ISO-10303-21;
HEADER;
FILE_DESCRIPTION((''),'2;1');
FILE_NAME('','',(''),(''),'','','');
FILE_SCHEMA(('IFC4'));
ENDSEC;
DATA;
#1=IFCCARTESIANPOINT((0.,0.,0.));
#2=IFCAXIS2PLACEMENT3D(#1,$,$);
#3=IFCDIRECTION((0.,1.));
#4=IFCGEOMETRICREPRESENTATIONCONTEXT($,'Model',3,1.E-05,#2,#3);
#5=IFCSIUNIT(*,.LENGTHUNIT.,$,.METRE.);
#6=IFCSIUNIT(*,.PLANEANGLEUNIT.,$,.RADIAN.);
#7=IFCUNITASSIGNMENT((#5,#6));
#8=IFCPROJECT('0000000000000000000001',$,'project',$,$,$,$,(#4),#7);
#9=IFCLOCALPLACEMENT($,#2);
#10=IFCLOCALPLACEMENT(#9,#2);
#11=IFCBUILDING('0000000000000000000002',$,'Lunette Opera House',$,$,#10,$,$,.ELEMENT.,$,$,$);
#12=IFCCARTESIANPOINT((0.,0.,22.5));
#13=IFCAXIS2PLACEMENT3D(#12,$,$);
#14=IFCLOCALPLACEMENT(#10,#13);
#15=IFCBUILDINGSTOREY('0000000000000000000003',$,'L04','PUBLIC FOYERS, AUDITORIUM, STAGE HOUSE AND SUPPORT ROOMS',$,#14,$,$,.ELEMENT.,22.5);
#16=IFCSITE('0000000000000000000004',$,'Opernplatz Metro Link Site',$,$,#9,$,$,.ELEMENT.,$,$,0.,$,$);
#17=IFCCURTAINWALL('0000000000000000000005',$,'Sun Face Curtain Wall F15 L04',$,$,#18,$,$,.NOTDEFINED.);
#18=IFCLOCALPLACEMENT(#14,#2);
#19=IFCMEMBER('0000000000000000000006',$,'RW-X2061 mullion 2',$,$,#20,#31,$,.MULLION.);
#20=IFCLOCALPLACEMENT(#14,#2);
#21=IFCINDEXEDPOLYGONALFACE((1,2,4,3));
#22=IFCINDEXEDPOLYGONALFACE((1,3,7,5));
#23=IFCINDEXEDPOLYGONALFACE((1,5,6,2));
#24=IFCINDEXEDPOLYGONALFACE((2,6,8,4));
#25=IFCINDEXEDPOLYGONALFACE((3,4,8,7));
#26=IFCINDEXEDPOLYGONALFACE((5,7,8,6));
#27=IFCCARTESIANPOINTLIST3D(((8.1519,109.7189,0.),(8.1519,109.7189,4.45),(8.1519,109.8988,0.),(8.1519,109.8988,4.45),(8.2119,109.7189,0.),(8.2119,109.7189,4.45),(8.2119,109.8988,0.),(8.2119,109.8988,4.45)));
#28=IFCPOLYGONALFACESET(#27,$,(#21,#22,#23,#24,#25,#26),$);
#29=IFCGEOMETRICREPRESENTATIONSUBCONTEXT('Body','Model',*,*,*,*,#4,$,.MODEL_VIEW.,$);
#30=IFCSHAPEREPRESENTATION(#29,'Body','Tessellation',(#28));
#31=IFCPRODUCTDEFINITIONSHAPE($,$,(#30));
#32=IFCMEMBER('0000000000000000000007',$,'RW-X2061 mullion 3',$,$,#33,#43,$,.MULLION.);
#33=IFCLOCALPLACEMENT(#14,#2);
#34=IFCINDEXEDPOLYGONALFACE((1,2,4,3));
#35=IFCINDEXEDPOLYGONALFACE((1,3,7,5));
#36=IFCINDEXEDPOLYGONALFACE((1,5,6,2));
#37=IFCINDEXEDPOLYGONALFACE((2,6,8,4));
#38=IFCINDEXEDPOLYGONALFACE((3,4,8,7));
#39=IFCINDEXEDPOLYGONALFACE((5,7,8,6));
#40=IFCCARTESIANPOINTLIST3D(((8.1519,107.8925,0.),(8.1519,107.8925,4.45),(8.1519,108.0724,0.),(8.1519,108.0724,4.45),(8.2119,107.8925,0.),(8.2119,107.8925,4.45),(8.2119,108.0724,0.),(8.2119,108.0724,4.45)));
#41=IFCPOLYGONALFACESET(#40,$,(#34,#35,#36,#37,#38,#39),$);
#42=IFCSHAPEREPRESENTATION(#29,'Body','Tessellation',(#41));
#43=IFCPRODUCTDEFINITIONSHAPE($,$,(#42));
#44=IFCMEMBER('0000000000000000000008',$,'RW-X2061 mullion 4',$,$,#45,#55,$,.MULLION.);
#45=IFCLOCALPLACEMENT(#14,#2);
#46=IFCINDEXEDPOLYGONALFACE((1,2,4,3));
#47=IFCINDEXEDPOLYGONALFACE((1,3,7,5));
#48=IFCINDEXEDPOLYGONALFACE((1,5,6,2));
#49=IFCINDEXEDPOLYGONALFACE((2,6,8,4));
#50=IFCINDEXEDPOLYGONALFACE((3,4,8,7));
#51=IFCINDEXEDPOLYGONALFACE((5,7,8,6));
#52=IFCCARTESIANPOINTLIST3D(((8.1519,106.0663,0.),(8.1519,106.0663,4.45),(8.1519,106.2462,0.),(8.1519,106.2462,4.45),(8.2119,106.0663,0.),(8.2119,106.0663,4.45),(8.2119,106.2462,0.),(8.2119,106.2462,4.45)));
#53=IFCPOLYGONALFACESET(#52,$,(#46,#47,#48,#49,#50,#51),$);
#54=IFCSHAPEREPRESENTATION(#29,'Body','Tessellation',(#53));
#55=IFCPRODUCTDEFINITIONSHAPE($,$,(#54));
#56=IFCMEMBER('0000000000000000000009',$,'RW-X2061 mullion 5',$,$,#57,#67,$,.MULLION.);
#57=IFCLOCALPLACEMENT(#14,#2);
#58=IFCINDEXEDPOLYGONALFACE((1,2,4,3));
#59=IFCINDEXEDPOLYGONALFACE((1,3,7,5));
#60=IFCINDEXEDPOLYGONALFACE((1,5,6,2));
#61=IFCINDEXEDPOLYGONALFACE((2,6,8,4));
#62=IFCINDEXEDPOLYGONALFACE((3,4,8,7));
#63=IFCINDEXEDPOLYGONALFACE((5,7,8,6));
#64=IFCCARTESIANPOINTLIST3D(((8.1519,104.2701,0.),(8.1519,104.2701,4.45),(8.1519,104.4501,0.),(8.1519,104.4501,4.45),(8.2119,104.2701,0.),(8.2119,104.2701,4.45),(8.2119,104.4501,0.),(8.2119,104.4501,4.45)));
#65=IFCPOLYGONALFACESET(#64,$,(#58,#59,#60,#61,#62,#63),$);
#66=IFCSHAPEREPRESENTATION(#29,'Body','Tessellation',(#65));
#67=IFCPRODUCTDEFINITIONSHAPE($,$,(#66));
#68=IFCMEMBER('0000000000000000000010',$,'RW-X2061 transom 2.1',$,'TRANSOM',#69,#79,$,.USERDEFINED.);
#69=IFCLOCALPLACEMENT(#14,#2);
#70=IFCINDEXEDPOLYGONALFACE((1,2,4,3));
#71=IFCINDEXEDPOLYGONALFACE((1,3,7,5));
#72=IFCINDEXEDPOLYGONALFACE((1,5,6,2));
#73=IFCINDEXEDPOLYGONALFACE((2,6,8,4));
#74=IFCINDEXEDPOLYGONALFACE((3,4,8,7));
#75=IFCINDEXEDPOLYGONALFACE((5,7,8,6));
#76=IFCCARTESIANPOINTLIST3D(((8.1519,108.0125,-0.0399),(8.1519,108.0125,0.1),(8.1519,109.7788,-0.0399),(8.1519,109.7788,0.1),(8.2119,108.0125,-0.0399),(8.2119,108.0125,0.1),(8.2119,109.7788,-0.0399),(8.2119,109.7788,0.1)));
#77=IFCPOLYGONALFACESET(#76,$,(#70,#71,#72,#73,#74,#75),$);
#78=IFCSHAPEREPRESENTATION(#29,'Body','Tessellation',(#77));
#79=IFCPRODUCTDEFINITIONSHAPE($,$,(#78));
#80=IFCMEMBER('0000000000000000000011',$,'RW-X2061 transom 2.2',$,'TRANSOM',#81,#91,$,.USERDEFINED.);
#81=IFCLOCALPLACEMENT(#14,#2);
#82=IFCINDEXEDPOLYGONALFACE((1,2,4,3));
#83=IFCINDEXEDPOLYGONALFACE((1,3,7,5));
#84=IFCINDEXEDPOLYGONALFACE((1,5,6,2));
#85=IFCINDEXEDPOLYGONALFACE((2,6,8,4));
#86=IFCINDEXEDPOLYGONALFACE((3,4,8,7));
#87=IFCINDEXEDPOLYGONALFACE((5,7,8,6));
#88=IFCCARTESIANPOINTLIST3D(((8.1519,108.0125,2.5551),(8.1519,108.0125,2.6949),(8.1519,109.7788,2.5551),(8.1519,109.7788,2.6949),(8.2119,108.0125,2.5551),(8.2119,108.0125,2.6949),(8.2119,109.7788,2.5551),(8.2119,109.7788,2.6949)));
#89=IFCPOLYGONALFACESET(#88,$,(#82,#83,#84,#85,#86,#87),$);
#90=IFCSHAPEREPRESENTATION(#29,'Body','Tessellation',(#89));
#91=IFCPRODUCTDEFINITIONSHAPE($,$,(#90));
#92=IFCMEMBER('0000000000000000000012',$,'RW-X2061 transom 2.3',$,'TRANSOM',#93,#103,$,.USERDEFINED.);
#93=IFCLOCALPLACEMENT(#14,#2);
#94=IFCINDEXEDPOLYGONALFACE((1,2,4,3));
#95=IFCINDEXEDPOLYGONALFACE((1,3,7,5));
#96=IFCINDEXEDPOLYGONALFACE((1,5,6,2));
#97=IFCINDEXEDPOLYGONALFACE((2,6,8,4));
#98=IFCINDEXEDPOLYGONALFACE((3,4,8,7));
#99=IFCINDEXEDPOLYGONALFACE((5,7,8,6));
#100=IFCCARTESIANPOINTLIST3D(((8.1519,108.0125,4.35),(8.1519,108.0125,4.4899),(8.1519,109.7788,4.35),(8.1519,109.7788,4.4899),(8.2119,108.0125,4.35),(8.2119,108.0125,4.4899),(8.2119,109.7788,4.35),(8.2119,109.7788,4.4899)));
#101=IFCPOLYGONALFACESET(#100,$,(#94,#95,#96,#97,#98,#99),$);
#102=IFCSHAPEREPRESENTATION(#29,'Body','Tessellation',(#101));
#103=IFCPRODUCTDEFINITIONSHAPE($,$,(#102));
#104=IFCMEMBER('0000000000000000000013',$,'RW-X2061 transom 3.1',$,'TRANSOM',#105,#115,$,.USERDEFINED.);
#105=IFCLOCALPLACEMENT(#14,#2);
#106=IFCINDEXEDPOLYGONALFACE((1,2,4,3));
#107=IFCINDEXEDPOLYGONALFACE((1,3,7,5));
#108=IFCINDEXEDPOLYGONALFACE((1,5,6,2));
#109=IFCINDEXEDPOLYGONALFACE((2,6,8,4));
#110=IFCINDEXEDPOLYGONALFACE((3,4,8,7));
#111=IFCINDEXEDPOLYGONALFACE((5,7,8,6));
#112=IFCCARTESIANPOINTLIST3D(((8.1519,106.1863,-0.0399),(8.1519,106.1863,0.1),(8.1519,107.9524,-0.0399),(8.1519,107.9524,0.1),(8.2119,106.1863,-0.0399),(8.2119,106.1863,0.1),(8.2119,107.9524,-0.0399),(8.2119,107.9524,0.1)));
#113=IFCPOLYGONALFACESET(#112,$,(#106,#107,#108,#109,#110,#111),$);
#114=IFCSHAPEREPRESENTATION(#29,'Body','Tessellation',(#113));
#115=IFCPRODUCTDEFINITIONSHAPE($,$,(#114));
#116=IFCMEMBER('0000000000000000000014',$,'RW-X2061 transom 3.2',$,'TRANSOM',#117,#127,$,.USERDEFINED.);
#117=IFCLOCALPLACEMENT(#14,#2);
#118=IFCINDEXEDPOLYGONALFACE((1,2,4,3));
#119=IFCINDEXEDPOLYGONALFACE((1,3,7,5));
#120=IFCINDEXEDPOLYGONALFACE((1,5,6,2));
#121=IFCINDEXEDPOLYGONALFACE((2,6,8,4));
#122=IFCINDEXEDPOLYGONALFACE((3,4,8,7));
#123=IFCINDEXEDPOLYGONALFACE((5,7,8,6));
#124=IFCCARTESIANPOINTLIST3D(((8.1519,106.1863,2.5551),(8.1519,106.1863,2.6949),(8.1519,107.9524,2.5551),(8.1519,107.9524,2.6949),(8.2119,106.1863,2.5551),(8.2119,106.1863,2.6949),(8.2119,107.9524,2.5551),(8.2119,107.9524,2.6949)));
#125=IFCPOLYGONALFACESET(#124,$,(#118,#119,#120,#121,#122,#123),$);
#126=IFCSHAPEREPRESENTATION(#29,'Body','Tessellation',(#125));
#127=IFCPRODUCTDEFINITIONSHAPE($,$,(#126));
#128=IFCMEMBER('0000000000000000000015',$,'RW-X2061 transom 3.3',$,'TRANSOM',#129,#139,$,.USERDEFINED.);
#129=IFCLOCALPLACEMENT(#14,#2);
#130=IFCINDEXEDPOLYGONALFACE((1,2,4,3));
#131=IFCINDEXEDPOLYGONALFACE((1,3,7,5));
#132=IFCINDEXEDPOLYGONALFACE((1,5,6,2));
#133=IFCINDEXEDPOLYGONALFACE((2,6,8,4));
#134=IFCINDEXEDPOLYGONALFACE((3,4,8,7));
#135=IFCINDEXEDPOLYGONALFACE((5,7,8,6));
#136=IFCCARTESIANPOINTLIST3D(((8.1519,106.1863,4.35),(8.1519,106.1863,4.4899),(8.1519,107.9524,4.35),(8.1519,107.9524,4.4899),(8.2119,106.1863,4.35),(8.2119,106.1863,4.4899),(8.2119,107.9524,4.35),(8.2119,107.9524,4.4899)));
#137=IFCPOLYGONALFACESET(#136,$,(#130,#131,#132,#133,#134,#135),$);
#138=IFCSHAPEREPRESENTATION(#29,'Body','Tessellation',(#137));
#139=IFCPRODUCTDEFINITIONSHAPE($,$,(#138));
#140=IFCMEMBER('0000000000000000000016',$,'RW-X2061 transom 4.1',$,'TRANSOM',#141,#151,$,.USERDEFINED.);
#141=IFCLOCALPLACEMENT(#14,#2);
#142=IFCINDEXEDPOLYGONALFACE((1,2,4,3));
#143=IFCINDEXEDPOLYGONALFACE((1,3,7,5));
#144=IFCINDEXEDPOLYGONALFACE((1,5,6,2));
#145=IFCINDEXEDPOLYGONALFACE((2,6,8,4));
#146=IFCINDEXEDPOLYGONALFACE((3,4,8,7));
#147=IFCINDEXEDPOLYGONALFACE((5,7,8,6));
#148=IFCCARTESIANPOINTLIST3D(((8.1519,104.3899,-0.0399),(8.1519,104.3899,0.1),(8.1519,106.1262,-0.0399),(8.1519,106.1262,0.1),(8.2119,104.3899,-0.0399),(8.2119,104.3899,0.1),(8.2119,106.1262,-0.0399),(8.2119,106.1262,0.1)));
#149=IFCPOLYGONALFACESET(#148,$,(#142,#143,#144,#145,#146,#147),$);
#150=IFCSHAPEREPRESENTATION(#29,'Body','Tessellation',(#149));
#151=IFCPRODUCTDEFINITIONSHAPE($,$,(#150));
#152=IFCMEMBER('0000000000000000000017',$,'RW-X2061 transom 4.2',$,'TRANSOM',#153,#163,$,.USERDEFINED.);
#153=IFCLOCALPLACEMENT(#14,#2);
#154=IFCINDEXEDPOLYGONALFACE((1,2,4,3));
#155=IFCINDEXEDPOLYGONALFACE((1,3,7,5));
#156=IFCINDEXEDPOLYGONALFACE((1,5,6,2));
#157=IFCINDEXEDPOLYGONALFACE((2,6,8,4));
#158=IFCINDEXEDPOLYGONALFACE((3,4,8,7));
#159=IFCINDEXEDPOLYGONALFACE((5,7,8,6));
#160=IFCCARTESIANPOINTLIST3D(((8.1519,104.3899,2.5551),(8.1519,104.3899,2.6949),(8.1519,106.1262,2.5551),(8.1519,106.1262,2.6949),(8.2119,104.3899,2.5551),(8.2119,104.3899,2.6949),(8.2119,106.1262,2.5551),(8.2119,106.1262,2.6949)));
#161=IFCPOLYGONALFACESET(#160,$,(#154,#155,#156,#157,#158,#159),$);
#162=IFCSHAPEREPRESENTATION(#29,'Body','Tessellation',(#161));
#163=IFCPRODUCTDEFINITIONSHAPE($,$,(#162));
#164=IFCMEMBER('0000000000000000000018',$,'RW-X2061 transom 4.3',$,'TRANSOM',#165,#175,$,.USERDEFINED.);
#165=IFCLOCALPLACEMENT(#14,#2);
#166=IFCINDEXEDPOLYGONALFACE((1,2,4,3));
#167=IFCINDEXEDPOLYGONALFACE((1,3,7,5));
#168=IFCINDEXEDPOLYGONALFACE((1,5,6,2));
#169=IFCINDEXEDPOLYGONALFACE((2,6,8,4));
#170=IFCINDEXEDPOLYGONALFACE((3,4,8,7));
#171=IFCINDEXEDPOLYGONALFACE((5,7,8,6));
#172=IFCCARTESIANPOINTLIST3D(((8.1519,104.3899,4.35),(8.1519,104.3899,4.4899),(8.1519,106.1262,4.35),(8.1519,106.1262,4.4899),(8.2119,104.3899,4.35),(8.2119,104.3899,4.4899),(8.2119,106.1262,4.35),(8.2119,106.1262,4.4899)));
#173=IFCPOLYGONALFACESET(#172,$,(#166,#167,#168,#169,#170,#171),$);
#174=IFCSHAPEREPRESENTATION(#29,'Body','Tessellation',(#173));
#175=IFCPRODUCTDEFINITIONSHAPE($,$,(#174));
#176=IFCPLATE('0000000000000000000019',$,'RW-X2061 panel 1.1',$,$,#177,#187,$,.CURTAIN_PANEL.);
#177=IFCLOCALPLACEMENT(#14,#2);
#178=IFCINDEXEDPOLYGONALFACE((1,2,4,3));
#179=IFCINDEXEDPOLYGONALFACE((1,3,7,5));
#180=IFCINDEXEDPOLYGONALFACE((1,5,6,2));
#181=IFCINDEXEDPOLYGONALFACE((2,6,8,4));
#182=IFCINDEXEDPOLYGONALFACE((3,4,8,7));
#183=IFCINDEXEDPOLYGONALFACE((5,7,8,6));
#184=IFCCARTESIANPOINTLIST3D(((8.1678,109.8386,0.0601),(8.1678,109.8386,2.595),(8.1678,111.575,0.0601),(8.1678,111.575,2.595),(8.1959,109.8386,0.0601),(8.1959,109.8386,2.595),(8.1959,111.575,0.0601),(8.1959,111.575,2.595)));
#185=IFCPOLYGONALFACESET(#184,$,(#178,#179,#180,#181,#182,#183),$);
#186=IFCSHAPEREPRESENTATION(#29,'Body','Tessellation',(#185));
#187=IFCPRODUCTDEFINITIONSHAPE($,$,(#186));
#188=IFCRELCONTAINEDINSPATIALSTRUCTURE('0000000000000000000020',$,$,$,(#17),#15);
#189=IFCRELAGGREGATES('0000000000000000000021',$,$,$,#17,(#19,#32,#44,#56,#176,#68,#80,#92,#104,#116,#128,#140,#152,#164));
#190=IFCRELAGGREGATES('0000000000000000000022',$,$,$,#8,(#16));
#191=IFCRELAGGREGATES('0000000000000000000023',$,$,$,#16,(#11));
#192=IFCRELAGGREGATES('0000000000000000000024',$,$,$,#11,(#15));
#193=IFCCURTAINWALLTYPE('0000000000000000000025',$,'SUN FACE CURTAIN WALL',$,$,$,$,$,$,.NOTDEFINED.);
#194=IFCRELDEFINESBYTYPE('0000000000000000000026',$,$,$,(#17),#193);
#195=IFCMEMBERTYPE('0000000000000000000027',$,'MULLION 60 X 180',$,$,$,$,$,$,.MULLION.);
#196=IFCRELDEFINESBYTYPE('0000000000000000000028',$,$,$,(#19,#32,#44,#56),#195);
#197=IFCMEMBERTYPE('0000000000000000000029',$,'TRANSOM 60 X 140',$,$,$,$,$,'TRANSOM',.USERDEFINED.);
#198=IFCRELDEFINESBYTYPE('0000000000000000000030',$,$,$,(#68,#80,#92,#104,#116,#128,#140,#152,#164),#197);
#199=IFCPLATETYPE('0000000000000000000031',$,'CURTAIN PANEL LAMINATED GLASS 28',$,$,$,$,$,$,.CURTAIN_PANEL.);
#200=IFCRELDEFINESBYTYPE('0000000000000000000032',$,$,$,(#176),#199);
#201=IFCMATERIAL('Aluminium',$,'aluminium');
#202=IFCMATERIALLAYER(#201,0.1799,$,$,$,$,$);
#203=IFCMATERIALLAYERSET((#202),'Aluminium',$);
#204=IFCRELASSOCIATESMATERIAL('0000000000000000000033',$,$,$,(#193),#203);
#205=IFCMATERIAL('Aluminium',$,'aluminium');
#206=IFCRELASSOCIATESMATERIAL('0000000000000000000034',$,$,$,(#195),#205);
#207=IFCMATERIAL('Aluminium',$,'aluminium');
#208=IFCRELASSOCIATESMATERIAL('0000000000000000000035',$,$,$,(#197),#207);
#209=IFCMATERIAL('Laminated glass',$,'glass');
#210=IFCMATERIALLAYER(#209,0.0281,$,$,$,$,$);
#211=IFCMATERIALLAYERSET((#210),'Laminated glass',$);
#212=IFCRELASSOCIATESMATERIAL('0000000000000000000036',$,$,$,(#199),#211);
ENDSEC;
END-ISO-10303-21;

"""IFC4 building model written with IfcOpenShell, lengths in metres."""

from ifc_helpers import new_model, si_unit, direction, frame, origin, origin_2d, place, context, subcontext, project, spatial, rectangle, extrude, material, layer, layer_set, material_profile, profile_set, type_object, element, aggregate, save


model = new_model("IFC4")

# Units and contexts
model_context = context("Model", 3, precision=1e-05, world=origin(), true_north=direction((0.0, 1.0)))
body_context = subcontext(model_context, "Body", "Model", "MODEL_VIEW")
ifc_project = project(units=[si_unit("LENGTHUNIT", "METRE"), si_unit("PLANEANGLEUNIT", "RADIAN")], contexts=[model_context])

# Site, building, storey
site_placement = place(None, origin())
site = spatial("IfcSite", under=ifc_project, at=site_placement, Name="Opernplatz Metro Link Site", CompositionType="ELEMENT", RefElevation=0.0)
building_placement = place(site_placement, origin())
building = spatial("IfcBuilding", under=site, at=building_placement, Name="Lunette Opera House", CompositionType="ELEMENT")
storey_placement = place(building_placement, frame((0.0, 0.0, 22.5)))
storey = spatial("IfcBuildingStorey", under=building, at=storey_placement, Name="L04", Description="PUBLIC FOYERS, AUDITORIUM, STAGE HOUSE AND SUPPORT ROOMS", CompositionType="ELEMENT", Elevation=22.5)

# Curtain wall, members, plate
ifc_material_1 = material(Name="Aluminium", Category="aluminium")
ifc_layer_1 = layer(ifc_material_1, 0.1799)
ifc_layer_set_1 = layer_set([ifc_layer_1], Name="Aluminium")
curtain_wall_type = type_object("IfcCurtainWallType", Name="SUN FACE CURTAIN WALL", PredefinedType="NOTDEFINED", material=ifc_layer_set_1)
curtain_wall_placement = place(storey_placement, origin())
curtain_wall = element("IfcCurtainWall", 1, at=curtain_wall_placement, inside=storey, type_object=curtain_wall_type, Name="Sun Face Curtain Wall F15 L04", PredefinedType="NOTDEFINED")
ifc_material_2 = material(Name="Aluminium", Category="aluminium")
ifc_material_profile_1 = material_profile(ifc_material_2, rectangle(XDim=0.0601, YDim=0.1799, at=origin_2d()), Name="MULLION 60 X 180")
ifc_profile_set_1 = profile_set([ifc_material_profile_1], Name="Aluminium")
member_type_1 = type_object("IfcMemberType", Name="MULLION 60 X 180", PredefinedType="MULLION", material=ifc_profile_set_1)
member_1_placement = place(storey_placement, frame((8.1819, 109.8088, 0.0), z_axis=(0.0, 0.0, 1.0), x_axis=(1.0, 0.0, 0.0)))
member_1 = element("IfcMember", 2, at=member_1_placement, type_object=member_type_1, Name="RW-X2061 mullion 2", PredefinedType="MULLION", context=body_context, shape_type="SweptSolid", body=[
    extrude(rectangle(XDim=0.0601, YDim=0.1799, at=origin_2d()), origin(), (0.0, 0.0, 1.0), 4.45),
])
member_2_placement = place(storey_placement, frame((8.1819, 107.9824, 0.0), z_axis=(0.0, 0.0, 1.0), x_axis=(1.0, 0.0, 0.0)))
member_2 = element("IfcMember", 3, at=member_2_placement, type_object=member_type_1, Name="RW-X2061 mullion 3", PredefinedType="MULLION", context=body_context, shape_type="SweptSolid", body=[
    extrude(rectangle(XDim=0.0601, YDim=0.1799, at=origin_2d()), origin(), (0.0, 0.0, 1.0), 4.45),
])
member_3_placement = place(storey_placement, frame((8.1819, 106.1562, 0.0), z_axis=(0.0, 0.0, 1.0), x_axis=(1.0, 0.0, 0.0)))
member_3 = element("IfcMember", 4, at=member_3_placement, type_object=member_type_1, Name="RW-X2061 mullion 4", PredefinedType="MULLION", context=body_context, shape_type="SweptSolid", body=[
    extrude(rectangle(XDim=0.0601, YDim=0.1799, at=origin_2d()), origin(), (0.0, 0.0, 1.0), 4.45),
])
member_4_placement = place(storey_placement, frame((8.1819, 104.3601, 0.0), z_axis=(0.0, 0.0, 1.0), x_axis=(1.0, 0.0, 0.0)))
member_4 = element("IfcMember", 5, at=member_4_placement, type_object=member_type_1, Name="RW-X2061 mullion 5", PredefinedType="MULLION", context=body_context, shape_type="SweptSolid", body=[
    extrude(rectangle(XDim=0.0601, YDim=0.1799, at=origin_2d()), origin(), (0.0, 0.0, 1.0), 4.45),
])
ifc_material_3 = material(Name="Aluminium", Category="aluminium")
ifc_material_profile_2 = material_profile(ifc_material_3, rectangle(XDim=0.0601, YDim=0.1399, at=origin_2d()), Name="TRANSOM 60 X 140")
ifc_profile_set_2 = profile_set([ifc_material_profile_2], Name="Aluminium")
member_type_2 = type_object("IfcMemberType", Name="TRANSOM 60 X 140", ElementType="TRANSOM", PredefinedType="USERDEFINED", material=ifc_profile_set_2)
member_5_placement = place(storey_placement, frame((8.1819, 109.7788, 0.03), z_axis=(0.0, -1.0, 0.0), x_axis=(1.0, 0.0, 0.0)))
member_5 = element("IfcMember", 6, at=member_5_placement, type_object=member_type_2, Name="RW-X2061 transom 2.1", ObjectType="TRANSOM", PredefinedType="USERDEFINED", context=body_context, shape_type="SweptSolid", body=[
    extrude(rectangle(XDim=0.0601, YDim=0.1399, at=origin_2d()), origin(), (0.0, 0.0, 1.0), 1.7664),
])
member_6_placement = place(storey_placement, frame((8.1819, 109.7788, 2.625), z_axis=(0.0, -1.0, 0.0), x_axis=(1.0, 0.0, 0.0)))
member_6 = element("IfcMember", 7, at=member_6_placement, type_object=member_type_2, Name="RW-X2061 transom 2.2", ObjectType="TRANSOM", PredefinedType="USERDEFINED", context=body_context, shape_type="SweptSolid", body=[
    extrude(rectangle(XDim=0.0601, YDim=0.1399, at=origin_2d()), origin(), (0.0, 0.0, 1.0), 1.7664),
])
member_7_placement = place(storey_placement, frame((8.1819, 109.7788, 4.4199), z_axis=(0.0, -1.0, 0.0), x_axis=(1.0, 0.0, 0.0)))
member_7 = element("IfcMember", 8, at=member_7_placement, type_object=member_type_2, Name="RW-X2061 transom 2.3", ObjectType="TRANSOM", PredefinedType="USERDEFINED", context=body_context, shape_type="SweptSolid", body=[
    extrude(rectangle(XDim=0.0601, YDim=0.1399, at=origin_2d()), origin(), (0.0, 0.0, 1.0), 1.7664),
])
member_8_placement = place(storey_placement, frame((8.1819, 107.9524, 0.03), z_axis=(0.0, -1.0, 0.0), x_axis=(1.0, 0.0, 0.0)))
member_8 = element("IfcMember", 9, at=member_8_placement, type_object=member_type_2, Name="RW-X2061 transom 3.1", ObjectType="TRANSOM", PredefinedType="USERDEFINED", context=body_context, shape_type="SweptSolid", body=[
    extrude(rectangle(XDim=0.0601, YDim=0.1399, at=origin_2d()), origin(), (0.0, 0.0, 1.0), 1.7661),
])
member_9_placement = place(storey_placement, frame((8.1819, 107.9524, 2.625), z_axis=(0.0, -1.0, 0.0), x_axis=(1.0, 0.0, 0.0)))
member_9 = element("IfcMember", 10, at=member_9_placement, type_object=member_type_2, Name="RW-X2061 transom 3.2", ObjectType="TRANSOM", PredefinedType="USERDEFINED", context=body_context, shape_type="SweptSolid", body=[
    extrude(rectangle(XDim=0.0601, YDim=0.1399, at=origin_2d()), origin(), (0.0, 0.0, 1.0), 1.7661),
])
member_10_placement = place(storey_placement, frame((8.1819, 107.9524, 4.4199), z_axis=(0.0, -1.0, 0.0), x_axis=(1.0, 0.0, 0.0)))
member_10 = element("IfcMember", 11, at=member_10_placement, type_object=member_type_2, Name="RW-X2061 transom 3.3", ObjectType="TRANSOM", PredefinedType="USERDEFINED", context=body_context, shape_type="SweptSolid", body=[
    extrude(rectangle(XDim=0.0601, YDim=0.1399, at=origin_2d()), origin(), (0.0, 0.0, 1.0), 1.7661),
])
member_11_placement = place(storey_placement, frame((8.1819, 106.1262, 0.03), z_axis=(0.0, -1.0, 0.0), x_axis=(1.0, 0.0, 0.0)))
member_11 = element("IfcMember", 12, at=member_11_placement, type_object=member_type_2, Name="RW-X2061 transom 4.1", ObjectType="TRANSOM", PredefinedType="USERDEFINED", context=body_context, shape_type="SweptSolid", body=[
    extrude(rectangle(XDim=0.0601, YDim=0.1399, at=origin_2d()), origin(), (0.0, 0.0, 1.0), 1.7363),
])
member_12_placement = place(storey_placement, frame((8.1819, 106.1262, 2.625), z_axis=(0.0, -1.0, 0.0), x_axis=(1.0, 0.0, 0.0)))
member_12 = element("IfcMember", 13, at=member_12_placement, type_object=member_type_2, Name="RW-X2061 transom 4.2", ObjectType="TRANSOM", PredefinedType="USERDEFINED", context=body_context, shape_type="SweptSolid", body=[
    extrude(rectangle(XDim=0.0601, YDim=0.1399, at=origin_2d()), origin(), (0.0, 0.0, 1.0), 1.7363),
])
member_13_placement = place(storey_placement, frame((8.1819, 106.1262, 4.4199), z_axis=(0.0, -1.0, 0.0), x_axis=(1.0, 0.0, 0.0)))
member_13 = element("IfcMember", 14, at=member_13_placement, type_object=member_type_2, Name="RW-X2061 transom 4.3", ObjectType="TRANSOM", PredefinedType="USERDEFINED", context=body_context, shape_type="SweptSolid", body=[
    extrude(rectangle(XDim=0.0601, YDim=0.1399, at=origin_2d()), origin(), (0.0, 0.0, 1.0), 1.7363),
])
ifc_material_4 = material(Name="Laminated glass", Category="glass")
ifc_layer_2 = layer(ifc_material_4, 0.0281)
ifc_layer_set_2 = layer_set([ifc_layer_2], Name="Laminated glass")
plate_type = type_object("IfcPlateType", Name="CURTAIN PANEL LAMINATED GLASS 28", PredefinedType="CURTAIN_PANEL", material=ifc_layer_set_2)
plate_1_placement = place(storey_placement, frame((8.1819, 110.7068, 0.0601), z_axis=(0.0, 0.0, 1.0), x_axis=(0.0, -1.0, 0.0)))
plate_1 = element("IfcPlate", 15, at=plate_1_placement, type_object=plate_type, Name="RW-X2061 panel 1.1", PredefinedType="CURTAIN_PANEL", context=body_context, shape_type="SweptSolid", body=[
    extrude(rectangle(XDim=1.7363, YDim=0.0281, at=origin_2d()), origin(), (0.0, 0.0, 1.0), 2.5349),
])
aggregate(curtain_wall, [member_1, member_2, member_3, member_4, plate_1, member_5, member_6, member_7, member_8, member_9, member_10, member_11, member_12, member_13])

save(model, "model.ifc")
